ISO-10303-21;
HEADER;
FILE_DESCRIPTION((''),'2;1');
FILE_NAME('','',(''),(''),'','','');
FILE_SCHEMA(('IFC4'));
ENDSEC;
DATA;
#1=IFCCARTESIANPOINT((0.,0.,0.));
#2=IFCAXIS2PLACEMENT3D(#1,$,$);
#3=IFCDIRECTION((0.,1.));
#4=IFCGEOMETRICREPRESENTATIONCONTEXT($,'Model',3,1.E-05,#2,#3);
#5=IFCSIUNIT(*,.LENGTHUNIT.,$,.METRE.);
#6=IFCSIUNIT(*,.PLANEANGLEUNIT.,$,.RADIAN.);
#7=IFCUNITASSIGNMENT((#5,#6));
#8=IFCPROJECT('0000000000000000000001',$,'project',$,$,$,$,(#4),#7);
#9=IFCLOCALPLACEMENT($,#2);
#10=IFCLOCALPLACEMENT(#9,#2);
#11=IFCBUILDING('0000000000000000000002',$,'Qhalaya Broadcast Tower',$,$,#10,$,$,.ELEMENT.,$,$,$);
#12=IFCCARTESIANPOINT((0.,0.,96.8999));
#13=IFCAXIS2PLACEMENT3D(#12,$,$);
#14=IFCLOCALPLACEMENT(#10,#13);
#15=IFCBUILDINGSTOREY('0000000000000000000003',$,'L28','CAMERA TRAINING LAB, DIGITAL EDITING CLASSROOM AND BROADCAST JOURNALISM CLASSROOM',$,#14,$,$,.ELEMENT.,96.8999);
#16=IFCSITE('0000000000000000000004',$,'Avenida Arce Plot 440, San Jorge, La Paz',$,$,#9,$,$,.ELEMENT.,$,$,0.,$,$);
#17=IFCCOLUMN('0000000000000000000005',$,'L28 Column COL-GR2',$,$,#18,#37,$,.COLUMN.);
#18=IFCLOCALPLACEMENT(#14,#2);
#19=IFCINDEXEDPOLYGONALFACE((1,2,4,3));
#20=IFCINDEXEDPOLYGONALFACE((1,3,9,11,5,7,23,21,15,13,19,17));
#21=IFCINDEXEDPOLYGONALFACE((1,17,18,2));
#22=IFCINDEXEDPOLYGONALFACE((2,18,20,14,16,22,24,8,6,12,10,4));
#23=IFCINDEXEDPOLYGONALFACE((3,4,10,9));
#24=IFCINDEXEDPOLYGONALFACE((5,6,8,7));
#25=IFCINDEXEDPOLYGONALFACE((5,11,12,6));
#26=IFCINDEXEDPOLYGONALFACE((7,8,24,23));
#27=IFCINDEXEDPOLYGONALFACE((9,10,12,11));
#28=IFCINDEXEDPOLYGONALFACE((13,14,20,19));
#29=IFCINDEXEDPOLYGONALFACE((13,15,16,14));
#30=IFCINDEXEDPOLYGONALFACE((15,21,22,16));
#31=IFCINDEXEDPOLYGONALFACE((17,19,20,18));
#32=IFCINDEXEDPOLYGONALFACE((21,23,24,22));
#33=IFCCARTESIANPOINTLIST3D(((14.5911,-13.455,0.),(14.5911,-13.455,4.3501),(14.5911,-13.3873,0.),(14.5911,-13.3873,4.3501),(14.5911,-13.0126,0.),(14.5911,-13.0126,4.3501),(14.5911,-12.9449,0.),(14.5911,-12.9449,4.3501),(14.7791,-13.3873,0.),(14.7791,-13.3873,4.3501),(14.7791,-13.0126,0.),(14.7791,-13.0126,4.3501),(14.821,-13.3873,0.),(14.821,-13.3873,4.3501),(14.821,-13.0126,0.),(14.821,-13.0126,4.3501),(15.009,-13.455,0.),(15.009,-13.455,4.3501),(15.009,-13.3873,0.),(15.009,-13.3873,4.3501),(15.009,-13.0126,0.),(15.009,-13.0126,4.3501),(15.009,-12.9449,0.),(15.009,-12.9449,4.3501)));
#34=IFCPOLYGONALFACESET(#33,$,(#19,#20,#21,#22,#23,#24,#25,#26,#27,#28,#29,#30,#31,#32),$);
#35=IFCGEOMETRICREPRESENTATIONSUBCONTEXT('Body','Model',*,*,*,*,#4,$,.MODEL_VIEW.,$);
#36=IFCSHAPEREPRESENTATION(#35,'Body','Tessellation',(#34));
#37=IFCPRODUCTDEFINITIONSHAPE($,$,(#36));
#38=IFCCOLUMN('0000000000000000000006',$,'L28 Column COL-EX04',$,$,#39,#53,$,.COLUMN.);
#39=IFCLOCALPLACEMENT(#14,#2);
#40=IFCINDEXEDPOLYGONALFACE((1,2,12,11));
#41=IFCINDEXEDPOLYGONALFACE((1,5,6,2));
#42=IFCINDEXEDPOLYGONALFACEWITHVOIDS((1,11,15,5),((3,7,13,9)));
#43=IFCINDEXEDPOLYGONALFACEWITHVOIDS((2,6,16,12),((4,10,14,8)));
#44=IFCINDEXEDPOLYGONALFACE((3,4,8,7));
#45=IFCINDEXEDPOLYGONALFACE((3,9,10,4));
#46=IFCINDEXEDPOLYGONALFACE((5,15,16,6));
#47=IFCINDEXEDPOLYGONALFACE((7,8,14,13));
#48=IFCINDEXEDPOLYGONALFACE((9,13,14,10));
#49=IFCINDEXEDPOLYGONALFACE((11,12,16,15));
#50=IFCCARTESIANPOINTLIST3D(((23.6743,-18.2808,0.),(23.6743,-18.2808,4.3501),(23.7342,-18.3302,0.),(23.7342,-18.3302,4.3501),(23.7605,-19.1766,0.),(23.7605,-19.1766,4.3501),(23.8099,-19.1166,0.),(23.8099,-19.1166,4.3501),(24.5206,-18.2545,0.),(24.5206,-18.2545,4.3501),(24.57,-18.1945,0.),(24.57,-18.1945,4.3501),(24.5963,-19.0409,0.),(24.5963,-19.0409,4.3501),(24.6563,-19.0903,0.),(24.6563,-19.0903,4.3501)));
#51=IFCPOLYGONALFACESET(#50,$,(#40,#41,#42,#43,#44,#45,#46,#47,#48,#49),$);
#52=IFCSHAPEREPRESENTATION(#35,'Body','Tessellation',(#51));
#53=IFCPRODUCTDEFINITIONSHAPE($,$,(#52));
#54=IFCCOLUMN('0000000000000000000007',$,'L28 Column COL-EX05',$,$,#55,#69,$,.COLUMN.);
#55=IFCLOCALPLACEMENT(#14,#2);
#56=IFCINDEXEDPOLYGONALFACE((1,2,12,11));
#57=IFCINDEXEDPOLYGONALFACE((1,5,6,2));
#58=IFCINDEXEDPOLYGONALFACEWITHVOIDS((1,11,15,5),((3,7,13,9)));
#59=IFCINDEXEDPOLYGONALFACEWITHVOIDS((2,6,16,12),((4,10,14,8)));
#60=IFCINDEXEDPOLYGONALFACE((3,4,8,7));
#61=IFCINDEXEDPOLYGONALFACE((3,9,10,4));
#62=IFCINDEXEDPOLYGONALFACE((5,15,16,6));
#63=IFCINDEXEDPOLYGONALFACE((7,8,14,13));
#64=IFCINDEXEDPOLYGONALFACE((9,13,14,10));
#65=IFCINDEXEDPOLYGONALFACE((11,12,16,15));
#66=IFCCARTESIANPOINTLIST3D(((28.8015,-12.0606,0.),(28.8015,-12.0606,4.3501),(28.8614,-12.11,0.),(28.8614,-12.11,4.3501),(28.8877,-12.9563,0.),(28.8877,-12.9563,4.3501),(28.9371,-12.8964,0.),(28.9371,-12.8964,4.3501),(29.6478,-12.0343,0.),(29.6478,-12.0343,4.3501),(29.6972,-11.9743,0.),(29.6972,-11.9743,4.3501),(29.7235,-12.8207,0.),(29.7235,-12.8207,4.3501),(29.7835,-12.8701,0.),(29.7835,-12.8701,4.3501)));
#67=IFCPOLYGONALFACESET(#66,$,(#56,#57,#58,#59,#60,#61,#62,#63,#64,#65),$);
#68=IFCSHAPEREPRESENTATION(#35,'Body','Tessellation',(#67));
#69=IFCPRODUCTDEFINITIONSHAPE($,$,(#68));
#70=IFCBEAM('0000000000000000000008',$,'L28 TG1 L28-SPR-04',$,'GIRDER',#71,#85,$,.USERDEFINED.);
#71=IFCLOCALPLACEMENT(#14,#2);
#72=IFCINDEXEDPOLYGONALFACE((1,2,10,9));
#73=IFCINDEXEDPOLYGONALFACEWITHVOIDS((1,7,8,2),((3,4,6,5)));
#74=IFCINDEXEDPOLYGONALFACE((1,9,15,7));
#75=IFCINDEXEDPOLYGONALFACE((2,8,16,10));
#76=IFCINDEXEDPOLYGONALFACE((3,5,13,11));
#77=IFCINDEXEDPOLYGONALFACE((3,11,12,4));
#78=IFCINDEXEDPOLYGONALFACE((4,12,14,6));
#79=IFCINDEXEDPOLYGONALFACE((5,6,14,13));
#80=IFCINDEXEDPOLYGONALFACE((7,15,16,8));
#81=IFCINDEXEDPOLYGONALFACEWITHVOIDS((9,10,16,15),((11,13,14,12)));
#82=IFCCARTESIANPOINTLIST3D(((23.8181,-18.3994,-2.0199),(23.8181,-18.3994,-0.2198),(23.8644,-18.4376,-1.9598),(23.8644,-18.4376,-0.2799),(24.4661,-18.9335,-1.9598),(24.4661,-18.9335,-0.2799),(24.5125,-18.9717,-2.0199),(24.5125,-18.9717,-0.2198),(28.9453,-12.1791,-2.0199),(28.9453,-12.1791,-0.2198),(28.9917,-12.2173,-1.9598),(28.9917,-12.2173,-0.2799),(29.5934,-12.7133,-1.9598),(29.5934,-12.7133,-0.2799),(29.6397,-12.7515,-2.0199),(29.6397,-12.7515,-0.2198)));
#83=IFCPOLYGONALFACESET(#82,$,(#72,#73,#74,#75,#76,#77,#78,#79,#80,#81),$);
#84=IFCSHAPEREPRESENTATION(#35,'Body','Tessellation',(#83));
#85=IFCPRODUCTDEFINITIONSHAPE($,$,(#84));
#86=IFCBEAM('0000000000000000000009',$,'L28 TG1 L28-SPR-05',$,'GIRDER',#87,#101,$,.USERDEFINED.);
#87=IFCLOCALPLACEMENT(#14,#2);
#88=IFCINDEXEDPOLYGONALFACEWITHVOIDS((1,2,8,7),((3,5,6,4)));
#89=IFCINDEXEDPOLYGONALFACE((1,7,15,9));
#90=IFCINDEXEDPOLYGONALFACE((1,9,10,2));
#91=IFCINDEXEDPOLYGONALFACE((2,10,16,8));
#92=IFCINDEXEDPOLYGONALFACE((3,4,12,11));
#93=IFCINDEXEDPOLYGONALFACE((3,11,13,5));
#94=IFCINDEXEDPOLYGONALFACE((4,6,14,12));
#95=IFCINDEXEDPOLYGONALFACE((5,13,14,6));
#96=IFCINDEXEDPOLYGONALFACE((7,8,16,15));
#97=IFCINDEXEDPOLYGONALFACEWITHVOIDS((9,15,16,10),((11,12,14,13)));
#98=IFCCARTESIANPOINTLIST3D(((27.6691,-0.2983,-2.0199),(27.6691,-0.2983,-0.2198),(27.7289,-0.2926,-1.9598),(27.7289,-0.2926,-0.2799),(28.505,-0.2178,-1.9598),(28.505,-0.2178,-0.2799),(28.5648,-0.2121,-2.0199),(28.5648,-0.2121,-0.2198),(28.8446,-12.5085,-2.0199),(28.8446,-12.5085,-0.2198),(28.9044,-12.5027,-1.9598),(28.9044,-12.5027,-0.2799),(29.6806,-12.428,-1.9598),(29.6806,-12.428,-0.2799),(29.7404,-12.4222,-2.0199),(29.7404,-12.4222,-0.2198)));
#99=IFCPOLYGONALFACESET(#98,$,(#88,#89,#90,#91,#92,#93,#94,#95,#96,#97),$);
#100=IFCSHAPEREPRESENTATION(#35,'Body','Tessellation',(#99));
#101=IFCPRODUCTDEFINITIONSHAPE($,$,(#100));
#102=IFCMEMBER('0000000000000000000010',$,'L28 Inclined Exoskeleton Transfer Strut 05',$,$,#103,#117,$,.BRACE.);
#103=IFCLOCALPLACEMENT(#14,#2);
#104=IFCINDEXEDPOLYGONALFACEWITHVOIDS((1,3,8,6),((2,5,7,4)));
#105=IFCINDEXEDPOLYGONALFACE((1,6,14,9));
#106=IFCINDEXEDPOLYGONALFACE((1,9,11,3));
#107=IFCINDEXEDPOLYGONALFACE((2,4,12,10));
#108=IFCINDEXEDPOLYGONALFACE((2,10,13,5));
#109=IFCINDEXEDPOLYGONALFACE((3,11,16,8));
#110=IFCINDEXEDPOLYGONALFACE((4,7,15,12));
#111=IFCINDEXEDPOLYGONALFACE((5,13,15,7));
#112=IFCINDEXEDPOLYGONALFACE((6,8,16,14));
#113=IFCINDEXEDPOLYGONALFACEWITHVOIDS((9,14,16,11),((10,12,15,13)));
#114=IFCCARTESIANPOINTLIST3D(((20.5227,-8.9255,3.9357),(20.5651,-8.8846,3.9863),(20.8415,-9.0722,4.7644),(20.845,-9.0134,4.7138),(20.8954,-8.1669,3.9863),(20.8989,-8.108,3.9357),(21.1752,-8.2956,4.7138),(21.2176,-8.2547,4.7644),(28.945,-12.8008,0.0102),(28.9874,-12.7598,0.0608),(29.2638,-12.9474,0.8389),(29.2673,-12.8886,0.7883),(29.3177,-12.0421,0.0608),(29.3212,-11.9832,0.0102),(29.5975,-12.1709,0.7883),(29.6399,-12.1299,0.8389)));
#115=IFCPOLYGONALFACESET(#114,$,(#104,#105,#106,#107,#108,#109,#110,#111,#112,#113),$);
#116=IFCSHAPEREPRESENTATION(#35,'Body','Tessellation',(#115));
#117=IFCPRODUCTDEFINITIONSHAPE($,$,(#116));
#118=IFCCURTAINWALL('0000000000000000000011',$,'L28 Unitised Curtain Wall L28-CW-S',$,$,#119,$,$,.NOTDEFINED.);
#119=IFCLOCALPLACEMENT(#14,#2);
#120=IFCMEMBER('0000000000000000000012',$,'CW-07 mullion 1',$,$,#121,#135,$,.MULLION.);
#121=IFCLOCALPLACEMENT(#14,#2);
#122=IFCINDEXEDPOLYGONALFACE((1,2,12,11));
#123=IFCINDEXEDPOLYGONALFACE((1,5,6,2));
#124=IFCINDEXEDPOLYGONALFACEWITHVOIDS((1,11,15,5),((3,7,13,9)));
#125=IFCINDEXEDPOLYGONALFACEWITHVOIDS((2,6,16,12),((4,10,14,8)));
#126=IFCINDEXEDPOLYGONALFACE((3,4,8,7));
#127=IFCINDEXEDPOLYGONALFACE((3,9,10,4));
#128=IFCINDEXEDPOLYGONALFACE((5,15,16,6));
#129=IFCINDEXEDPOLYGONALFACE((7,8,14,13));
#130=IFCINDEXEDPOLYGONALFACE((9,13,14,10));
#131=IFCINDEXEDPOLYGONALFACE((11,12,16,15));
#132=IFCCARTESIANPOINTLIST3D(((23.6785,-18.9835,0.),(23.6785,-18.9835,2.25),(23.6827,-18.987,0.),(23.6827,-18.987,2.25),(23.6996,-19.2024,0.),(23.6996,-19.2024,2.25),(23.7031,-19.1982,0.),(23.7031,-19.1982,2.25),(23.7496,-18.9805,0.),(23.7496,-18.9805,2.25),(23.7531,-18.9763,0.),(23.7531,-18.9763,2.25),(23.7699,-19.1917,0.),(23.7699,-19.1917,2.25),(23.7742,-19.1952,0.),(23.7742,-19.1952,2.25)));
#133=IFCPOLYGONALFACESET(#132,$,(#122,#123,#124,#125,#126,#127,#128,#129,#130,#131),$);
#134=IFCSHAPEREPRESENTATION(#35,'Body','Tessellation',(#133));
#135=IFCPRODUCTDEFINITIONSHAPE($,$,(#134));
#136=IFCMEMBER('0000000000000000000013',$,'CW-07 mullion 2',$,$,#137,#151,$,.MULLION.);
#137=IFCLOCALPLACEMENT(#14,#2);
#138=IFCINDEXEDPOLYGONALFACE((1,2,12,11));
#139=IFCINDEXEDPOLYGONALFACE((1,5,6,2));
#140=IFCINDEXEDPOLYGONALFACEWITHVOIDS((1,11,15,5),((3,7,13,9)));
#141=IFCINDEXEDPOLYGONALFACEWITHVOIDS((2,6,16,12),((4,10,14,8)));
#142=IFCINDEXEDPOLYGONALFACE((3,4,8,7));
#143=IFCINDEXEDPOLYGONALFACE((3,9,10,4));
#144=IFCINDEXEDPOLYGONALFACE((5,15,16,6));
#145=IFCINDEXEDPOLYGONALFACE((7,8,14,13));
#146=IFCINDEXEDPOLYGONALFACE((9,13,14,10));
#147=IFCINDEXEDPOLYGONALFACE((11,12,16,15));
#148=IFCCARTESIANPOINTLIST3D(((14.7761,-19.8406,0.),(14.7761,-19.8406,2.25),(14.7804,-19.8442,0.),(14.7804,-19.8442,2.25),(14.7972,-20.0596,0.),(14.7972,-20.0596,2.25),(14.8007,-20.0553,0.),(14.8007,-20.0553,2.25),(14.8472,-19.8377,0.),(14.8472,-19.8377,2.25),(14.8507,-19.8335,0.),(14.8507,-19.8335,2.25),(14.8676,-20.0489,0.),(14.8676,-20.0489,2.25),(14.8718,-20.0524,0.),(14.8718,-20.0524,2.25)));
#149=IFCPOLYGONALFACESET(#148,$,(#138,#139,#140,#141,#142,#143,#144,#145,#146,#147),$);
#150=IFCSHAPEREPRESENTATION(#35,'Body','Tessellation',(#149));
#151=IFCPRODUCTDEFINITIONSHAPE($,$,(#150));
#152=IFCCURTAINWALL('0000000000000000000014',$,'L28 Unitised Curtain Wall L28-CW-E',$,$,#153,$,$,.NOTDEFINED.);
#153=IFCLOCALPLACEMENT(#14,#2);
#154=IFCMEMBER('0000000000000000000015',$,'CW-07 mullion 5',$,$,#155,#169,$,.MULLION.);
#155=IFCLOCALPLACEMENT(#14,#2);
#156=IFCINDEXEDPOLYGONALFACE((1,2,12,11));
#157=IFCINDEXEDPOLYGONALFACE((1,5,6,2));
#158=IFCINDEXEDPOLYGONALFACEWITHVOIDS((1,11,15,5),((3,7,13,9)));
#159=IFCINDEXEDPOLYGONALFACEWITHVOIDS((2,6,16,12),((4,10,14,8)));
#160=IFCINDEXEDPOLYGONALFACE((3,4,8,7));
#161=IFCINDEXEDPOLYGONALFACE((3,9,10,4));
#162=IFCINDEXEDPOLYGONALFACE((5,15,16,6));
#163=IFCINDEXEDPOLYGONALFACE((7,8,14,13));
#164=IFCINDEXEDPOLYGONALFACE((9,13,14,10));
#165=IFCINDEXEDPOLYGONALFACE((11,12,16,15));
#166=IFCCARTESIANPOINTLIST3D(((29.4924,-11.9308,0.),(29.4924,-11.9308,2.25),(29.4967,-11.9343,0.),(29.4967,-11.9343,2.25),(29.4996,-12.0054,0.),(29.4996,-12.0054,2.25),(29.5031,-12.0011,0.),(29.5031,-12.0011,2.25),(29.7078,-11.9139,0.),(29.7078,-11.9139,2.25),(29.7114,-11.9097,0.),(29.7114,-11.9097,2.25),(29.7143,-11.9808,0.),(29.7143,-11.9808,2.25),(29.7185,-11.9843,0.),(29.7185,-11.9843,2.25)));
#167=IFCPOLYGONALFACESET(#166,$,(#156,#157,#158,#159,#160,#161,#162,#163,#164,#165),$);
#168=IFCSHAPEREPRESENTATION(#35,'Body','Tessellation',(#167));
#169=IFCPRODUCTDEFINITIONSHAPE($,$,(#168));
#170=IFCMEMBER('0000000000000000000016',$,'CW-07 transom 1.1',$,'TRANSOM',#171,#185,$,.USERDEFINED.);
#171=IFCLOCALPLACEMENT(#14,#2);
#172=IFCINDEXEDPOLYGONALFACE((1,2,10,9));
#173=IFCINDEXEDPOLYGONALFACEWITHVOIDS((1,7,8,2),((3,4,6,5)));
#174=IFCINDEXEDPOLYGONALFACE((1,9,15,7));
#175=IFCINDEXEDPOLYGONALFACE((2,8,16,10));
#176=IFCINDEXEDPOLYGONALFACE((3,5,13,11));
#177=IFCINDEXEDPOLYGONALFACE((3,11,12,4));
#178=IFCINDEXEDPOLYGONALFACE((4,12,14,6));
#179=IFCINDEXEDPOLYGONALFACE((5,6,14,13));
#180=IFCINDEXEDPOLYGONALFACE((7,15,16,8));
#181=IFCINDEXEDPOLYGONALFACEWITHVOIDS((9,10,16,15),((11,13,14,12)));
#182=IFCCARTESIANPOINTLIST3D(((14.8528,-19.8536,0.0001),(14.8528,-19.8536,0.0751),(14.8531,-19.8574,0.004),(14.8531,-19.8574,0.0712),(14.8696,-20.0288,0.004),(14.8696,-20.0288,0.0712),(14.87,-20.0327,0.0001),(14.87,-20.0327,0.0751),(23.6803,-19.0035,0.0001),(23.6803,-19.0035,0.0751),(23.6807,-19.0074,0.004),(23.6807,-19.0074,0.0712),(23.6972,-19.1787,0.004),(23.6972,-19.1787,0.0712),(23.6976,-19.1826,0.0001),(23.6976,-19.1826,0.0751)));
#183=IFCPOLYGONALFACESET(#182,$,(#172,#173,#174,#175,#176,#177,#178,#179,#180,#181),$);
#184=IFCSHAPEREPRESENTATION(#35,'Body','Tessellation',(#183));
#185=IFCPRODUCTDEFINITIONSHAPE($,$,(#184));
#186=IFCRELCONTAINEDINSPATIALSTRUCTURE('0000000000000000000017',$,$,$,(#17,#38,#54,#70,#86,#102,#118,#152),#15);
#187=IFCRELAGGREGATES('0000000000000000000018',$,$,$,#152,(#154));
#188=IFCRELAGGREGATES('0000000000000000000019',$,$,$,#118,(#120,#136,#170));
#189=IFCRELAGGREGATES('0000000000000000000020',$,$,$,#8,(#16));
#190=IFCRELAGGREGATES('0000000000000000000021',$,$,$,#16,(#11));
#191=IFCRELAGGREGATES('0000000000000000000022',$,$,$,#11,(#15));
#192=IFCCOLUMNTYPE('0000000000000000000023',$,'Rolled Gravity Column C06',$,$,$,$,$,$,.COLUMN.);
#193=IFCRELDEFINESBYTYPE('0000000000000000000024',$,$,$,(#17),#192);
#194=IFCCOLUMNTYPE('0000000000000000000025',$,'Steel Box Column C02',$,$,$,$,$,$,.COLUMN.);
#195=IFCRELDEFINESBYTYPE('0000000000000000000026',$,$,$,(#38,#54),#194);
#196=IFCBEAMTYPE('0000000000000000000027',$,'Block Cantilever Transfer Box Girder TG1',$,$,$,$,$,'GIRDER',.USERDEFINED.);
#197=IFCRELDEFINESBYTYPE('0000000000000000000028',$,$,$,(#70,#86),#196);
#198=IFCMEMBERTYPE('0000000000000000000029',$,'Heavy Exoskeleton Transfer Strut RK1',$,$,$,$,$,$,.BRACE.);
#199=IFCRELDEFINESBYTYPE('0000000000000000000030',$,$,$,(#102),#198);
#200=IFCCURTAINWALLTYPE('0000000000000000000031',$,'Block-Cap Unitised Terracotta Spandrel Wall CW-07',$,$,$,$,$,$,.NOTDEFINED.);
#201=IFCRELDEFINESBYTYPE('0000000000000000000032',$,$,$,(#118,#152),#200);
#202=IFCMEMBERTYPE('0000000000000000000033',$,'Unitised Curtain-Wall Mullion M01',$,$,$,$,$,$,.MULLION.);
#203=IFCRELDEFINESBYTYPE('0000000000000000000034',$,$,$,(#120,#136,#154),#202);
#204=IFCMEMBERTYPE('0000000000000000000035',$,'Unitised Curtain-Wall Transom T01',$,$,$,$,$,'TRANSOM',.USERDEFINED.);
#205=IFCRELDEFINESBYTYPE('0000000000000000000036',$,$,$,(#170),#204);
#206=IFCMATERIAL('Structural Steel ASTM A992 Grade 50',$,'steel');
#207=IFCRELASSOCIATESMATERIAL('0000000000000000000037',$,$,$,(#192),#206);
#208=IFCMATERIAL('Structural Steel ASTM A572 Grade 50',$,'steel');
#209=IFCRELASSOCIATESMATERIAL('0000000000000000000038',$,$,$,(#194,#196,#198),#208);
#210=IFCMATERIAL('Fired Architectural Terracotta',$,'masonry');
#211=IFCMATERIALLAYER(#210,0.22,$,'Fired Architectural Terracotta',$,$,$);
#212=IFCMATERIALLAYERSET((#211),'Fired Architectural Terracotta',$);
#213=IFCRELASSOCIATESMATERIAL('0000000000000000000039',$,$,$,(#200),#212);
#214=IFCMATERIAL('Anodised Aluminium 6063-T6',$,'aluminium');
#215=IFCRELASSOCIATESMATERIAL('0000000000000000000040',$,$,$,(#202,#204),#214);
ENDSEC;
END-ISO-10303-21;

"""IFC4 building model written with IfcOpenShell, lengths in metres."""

from ifc_helpers import new_model, si_unit, direction, frame, origin, origin_2d, place, context, subcontext, project, spatial, hollow_rectangle, i_section, extrude, material, layer, layer_set, material_profile, profile_set, type_object, element, aggregate, save


model = new_model("IFC4")

# Units and contexts
model_context = context("Model", 3, precision=1e-05, world=origin(), true_north=direction((0.0, 1.0)))
body_context = subcontext(model_context, "Body", "Model", "MODEL_VIEW")
ifc_project = project(units=[si_unit("LENGTHUNIT", "METRE"), si_unit("PLANEANGLEUNIT", "RADIAN")], contexts=[model_context])

# Site, building, storey
site_placement = place(None, origin())
site = spatial("IfcSite", under=ifc_project, at=site_placement, Name="Avenida Arce Plot 440, San Jorge, La Paz", CompositionType="ELEMENT", RefElevation=0.0)
building_placement = place(site_placement, origin())
building = spatial("IfcBuilding", under=site, at=building_placement, Name="Qhalaya Broadcast Tower", CompositionType="ELEMENT")
storey_placement = place(building_placement, frame((0.0, 0.0, 96.8999)))
storey = spatial("IfcBuildingStorey", under=building, at=storey_placement, Name="L28", Description="CAMERA TRAINING LAB, DIGITAL EDITING CLASSROOM AND BROADCAST JOURNALISM CLASSROOM", CompositionType="ELEMENT", Elevation=96.8999)

# Columns
ifc_material_1 = material(Name="Structural Steel ASTM A992 Grade 50", Category="steel")
ifc_material_profile_1 = material_profile(ifc_material_1, i_section(OverallWidth=0.418, OverallDepth=0.51, WebThickness=0.042, FlangeThickness=0.0676, at=origin_2d()), Name="W14X370")
ifc_profile_set_1 = profile_set([ifc_material_profile_1], Name="Structural Steel ASTM A992 Grade 50")
column_type_1 = type_object("IfcColumnType", Name="Rolled Gravity Column C06", PredefinedType="COLUMN", material=ifc_profile_set_1)
column_placement = place(storey_placement, frame((14.8, -13.2, 0.0), z_axis=(0.0, 0.0, 1.0), x_axis=(1.0, 0.0, 0.0)))
element("IfcColumn", 1, at=column_placement, inside=storey, type_object=column_type_1, Name="L28 Column COL-GR2", PredefinedType="COLUMN", context=body_context, shape_type="SweptSolid", body=[
    extrude(i_section(OverallWidth=0.418, OverallDepth=0.51, WebThickness=0.042, FlangeThickness=0.0676, at=origin_2d()), origin(), (0.0, 0.0, 1.0), 4.3501),
])
ifc_material_2 = material(Name="Structural Steel ASTM A572 Grade 50", Category="steel")
ifc_material_profile_2 = material_profile(ifc_material_2, hollow_rectangle(XDim=0.8999, YDim=0.8999, WallThickness=0.0549, at=origin_2d()), Name="BOX 900x900x55")
ifc_profile_set_2 = profile_set([ifc_material_profile_2], Name="Structural Steel ASTM A572 Grade 50")
column_type_2 = type_object("IfcColumnType", Name="Steel Box Column C02", PredefinedType="COLUMN", material=ifc_profile_set_2)
for number, where, z_axis, x_axis, name in (
    (2, (24.1653, -18.6855, 0.0), (0.0, 0.0, 1.0), (0.995396, 0.095846, 0.0), "L28 Column COL-EX04"),
    (3, (29.2925, -12.4653, 0.0), (0.0, 0.0, 1.0), (-0.095846, 0.995396, 0.0), "L28 Column COL-EX05"),
):
    element("IfcColumn", number, at=place(storey_placement, frame(where, z_axis=z_axis, x_axis=x_axis)), inside=storey, type_object=column_type_2, Name=name, PredefinedType="COLUMN", context=body_context, shape_type="SweptSolid", body=[
        extrude(hollow_rectangle(XDim=0.8999, YDim=0.8999, WallThickness=0.0549, at=origin_2d()), origin(), (0.0, 0.0, 1.0), 4.3501),
    ])

# Beams
ifc_material_profile_3 = material_profile(ifc_material_2, hollow_rectangle(XDim=0.8999, YDim=1.8, WallThickness=0.0601, at=origin_2d()), Name="BOX 900x1800x60")
ifc_profile_set_3 = profile_set([ifc_material_profile_3], Name="Structural Steel ASTM A572 Grade 50")
beam_type = type_object("IfcBeamType", Name="Block Cantilever Transfer Box Girder TG1", ElementType="GIRDER", PredefinedType="USERDEFINED", material=ifc_profile_set_3)
beam_1_placement = place(storey_placement, frame((24.1653, -18.6855, -1.1199), z_axis=(0.636052, 0.771646, 0.0), x_axis=(-0.771646, 0.636052, 0.0)))
element("IfcBeam", 4, at=beam_1_placement, inside=storey, type_object=beam_type, Name="L28 TG1 L28-SPR-04", ObjectType="GIRDER", PredefinedType="USERDEFINED", context=body_context, shape_type="SweptSolid", body=[
    extrude(hollow_rectangle(XDim=0.8999, YDim=1.8, WallThickness=0.0601, at=origin_2d()), origin(), (0.0, 0.0, 1.0), 8.061),
])
beam_2_placement = place(storey_placement, frame((29.2925, -12.4653, -1.1199), z_axis=(-0.095832, 0.995398, 0.0), x_axis=(-0.995398, -0.095832, 0.0)))
element("IfcBeam", 5, at=beam_2_placement, inside=storey, type_object=beam_type, Name="L28 TG1 L28-SPR-05", ObjectType="GIRDER", PredefinedType="USERDEFINED", context=body_context, shape_type="SweptSolid", body=[
    extrude(hollow_rectangle(XDim=0.8999, YDim=1.8, WallThickness=0.0601, at=origin_2d()), origin(), (0.0, 0.0, 1.0), 12.2666),
])

# Member
ifc_material_profile_4 = material_profile(ifc_material_2, hollow_rectangle(XDim=0.8999, YDim=0.8999, WallThickness=0.0549, at=origin_2d()), Name="BOX 900x900x55")
ifc_profile_set_4 = profile_set([ifc_material_profile_4], Name="Structural Steel ASTM A572 Grade 50")
member_type_1 = type_object("IfcMemberType", Name="Heavy Exoskeleton Transfer Strut RK1", PredefinedType="BRACE", material=ifc_profile_set_4)
member_1_placement = place(storey_placement, frame((29.2925, -12.4653, 0.4246), z_axis=(-0.836552, 0.384909, 0.389904), x_axis=(-0.417991, -0.908451, 0.0)))
element("IfcMember", 6, at=member_1_placement, inside=storey, type_object=member_type_1, Name="L28 Inclined Exoskeleton Transfer Strut 05", PredefinedType="BRACE", context=body_context, shape_type="SweptSolid", body=[
    extrude(hollow_rectangle(XDim=0.8999, YDim=0.8999, WallThickness=0.0549, at=origin_2d()), origin(), (0.0, 0.0, 1.0), 10.0679),
])

# Curtain wall, members
ifc_material_3 = material(Name="Fired Architectural Terracotta", Category="masonry")
ifc_layer_1 = layer(ifc_material_3, 0.22, Name="Fired Architectural Terracotta")
ifc_layer_set_1 = layer_set([ifc_layer_1], Name="Fired Architectural Terracotta")
curtain_wall_type = type_object("IfcCurtainWallType", Name="Block-Cap Unitised Terracotta Spandrel Wall CW-07", PredefinedType="NOTDEFINED", material=ifc_layer_set_1)
curtain_wall_1_placement = place(storey_placement, origin())
curtain_wall_1 = element("IfcCurtainWall", 7, at=curtain_wall_1_placement, inside=storey, type_object=curtain_wall_type, Name="L28 Unitised Curtain Wall L28-CW-S", PredefinedType="NOTDEFINED")
ifc_material_4 = material(Name="Anodised Aluminium 6063-T6", Category="aluminium")
ifc_material_profile_5 = material_profile(ifc_material_4, hollow_rectangle(XDim=0.075, YDim=0.22, WallThickness=0.0039, at=origin_2d()), Name="ALU-MUL 75x220x4")
ifc_profile_set_5 = profile_set([ifc_material_profile_5], Name="Anodised Aluminium 6063-T6")
member_type_2 = type_object("IfcMemberType", Name="Unitised Curtain-Wall Mullion M01", PredefinedType="MULLION", material=ifc_profile_set_5)
member_2_placement = place(storey_placement, frame((23.7263, -19.0894, 0.0), z_axis=(0.0, 0.0, 1.0), x_axis=(-0.995396, -0.095847, 0.0)))
member_2 = element("IfcMember", 8, at=member_2_placement, type_object=member_type_2, Name="CW-07 mullion 1", PredefinedType="MULLION", context=body_context, shape_type="SweptSolid", body=[
    extrude(hollow_rectangle(XDim=0.075, YDim=0.22, WallThickness=0.0039, at=origin_2d()), origin(), (0.0, 0.0, 1.0), 2.25),
])
member_3_placement = place(storey_placement, frame((14.824, -19.9465, 0.0), z_axis=(0.0, 0.0, 1.0), x_axis=(-0.995396, -0.095847, 0.0)))
member_3 = element("IfcMember", 9, at=member_3_placement, type_object=member_type_2, Name="CW-07 mullion 2", PredefinedType="MULLION", context=body_context, shape_type="SweptSolid", body=[
    extrude(hollow_rectangle(XDim=0.075, YDim=0.22, WallThickness=0.0039, at=origin_2d()), origin(), (0.0, 0.0, 1.0), 2.25),
])

# Curtain wall, member
curtain_wall_2_placement = place(storey_placement, origin())
curtain_wall_2 = element("IfcCurtainWall", 10, at=curtain_wall_2_placement, inside=storey, type_object=curtain_wall_type, Name="L28 Unitised Curtain Wall L28-CW-E", PredefinedType="NOTDEFINED")
member_4_placement = place(storey_placement, frame((29.6055, -11.9575, 0.0), z_axis=(0.0, 0.0, 1.0), x_axis=(0.095847, -0.995396, 0.0)))
member_4 = element("IfcMember", 11, at=member_4_placement, type_object=member_type_2, Name="CW-07 mullion 5", PredefinedType="MULLION", context=body_context, shape_type="SweptSolid", body=[
    extrude(hollow_rectangle(XDim=0.075, YDim=0.22, WallThickness=0.0039, at=origin_2d()), origin(), (0.0, 0.0, 1.0), 2.25),
])
aggregate(curtain_wall_2, [member_4])

# Member
ifc_material_profile_6 = material_profile(ifc_material_4, hollow_rectangle(XDim=0.075, YDim=0.1799, WallThickness=0.0039, at=origin_2d()), Name="ALU-TRN 75x180x4")
ifc_profile_set_6 = profile_set([ifc_material_profile_6], Name="Anodised Aluminium 6063-T6")
member_type_3 = type_object("IfcMemberType", Name="Unitised Curtain-Wall Transom T01", ElementType="TRANSOM", PredefinedType="USERDEFINED", material=ifc_profile_set_6)
member_5_placement = place(storey_placement, frame((23.689, -19.093, 0.0376), z_axis=(-0.995395, -0.095856, 0.0), x_axis=(0.0, 0.0, 1.0)))
member_5 = element("IfcMember", 12, at=member_5_placement, type_object=member_type_3, Name="CW-07 transom 1.1", ObjectType="TRANSOM", PredefinedType="USERDEFINED", context=body_context, shape_type="SweptSolid", body=[
    extrude(hollow_rectangle(XDim=0.075, YDim=0.1799, WallThickness=0.0039, at=origin_2d()), origin(), (0.0, 0.0, 1.0), 8.8684),
])

aggregate(curtain_wall_1, [member_2, member_3, member_5])

save(model, "model.ifc")
